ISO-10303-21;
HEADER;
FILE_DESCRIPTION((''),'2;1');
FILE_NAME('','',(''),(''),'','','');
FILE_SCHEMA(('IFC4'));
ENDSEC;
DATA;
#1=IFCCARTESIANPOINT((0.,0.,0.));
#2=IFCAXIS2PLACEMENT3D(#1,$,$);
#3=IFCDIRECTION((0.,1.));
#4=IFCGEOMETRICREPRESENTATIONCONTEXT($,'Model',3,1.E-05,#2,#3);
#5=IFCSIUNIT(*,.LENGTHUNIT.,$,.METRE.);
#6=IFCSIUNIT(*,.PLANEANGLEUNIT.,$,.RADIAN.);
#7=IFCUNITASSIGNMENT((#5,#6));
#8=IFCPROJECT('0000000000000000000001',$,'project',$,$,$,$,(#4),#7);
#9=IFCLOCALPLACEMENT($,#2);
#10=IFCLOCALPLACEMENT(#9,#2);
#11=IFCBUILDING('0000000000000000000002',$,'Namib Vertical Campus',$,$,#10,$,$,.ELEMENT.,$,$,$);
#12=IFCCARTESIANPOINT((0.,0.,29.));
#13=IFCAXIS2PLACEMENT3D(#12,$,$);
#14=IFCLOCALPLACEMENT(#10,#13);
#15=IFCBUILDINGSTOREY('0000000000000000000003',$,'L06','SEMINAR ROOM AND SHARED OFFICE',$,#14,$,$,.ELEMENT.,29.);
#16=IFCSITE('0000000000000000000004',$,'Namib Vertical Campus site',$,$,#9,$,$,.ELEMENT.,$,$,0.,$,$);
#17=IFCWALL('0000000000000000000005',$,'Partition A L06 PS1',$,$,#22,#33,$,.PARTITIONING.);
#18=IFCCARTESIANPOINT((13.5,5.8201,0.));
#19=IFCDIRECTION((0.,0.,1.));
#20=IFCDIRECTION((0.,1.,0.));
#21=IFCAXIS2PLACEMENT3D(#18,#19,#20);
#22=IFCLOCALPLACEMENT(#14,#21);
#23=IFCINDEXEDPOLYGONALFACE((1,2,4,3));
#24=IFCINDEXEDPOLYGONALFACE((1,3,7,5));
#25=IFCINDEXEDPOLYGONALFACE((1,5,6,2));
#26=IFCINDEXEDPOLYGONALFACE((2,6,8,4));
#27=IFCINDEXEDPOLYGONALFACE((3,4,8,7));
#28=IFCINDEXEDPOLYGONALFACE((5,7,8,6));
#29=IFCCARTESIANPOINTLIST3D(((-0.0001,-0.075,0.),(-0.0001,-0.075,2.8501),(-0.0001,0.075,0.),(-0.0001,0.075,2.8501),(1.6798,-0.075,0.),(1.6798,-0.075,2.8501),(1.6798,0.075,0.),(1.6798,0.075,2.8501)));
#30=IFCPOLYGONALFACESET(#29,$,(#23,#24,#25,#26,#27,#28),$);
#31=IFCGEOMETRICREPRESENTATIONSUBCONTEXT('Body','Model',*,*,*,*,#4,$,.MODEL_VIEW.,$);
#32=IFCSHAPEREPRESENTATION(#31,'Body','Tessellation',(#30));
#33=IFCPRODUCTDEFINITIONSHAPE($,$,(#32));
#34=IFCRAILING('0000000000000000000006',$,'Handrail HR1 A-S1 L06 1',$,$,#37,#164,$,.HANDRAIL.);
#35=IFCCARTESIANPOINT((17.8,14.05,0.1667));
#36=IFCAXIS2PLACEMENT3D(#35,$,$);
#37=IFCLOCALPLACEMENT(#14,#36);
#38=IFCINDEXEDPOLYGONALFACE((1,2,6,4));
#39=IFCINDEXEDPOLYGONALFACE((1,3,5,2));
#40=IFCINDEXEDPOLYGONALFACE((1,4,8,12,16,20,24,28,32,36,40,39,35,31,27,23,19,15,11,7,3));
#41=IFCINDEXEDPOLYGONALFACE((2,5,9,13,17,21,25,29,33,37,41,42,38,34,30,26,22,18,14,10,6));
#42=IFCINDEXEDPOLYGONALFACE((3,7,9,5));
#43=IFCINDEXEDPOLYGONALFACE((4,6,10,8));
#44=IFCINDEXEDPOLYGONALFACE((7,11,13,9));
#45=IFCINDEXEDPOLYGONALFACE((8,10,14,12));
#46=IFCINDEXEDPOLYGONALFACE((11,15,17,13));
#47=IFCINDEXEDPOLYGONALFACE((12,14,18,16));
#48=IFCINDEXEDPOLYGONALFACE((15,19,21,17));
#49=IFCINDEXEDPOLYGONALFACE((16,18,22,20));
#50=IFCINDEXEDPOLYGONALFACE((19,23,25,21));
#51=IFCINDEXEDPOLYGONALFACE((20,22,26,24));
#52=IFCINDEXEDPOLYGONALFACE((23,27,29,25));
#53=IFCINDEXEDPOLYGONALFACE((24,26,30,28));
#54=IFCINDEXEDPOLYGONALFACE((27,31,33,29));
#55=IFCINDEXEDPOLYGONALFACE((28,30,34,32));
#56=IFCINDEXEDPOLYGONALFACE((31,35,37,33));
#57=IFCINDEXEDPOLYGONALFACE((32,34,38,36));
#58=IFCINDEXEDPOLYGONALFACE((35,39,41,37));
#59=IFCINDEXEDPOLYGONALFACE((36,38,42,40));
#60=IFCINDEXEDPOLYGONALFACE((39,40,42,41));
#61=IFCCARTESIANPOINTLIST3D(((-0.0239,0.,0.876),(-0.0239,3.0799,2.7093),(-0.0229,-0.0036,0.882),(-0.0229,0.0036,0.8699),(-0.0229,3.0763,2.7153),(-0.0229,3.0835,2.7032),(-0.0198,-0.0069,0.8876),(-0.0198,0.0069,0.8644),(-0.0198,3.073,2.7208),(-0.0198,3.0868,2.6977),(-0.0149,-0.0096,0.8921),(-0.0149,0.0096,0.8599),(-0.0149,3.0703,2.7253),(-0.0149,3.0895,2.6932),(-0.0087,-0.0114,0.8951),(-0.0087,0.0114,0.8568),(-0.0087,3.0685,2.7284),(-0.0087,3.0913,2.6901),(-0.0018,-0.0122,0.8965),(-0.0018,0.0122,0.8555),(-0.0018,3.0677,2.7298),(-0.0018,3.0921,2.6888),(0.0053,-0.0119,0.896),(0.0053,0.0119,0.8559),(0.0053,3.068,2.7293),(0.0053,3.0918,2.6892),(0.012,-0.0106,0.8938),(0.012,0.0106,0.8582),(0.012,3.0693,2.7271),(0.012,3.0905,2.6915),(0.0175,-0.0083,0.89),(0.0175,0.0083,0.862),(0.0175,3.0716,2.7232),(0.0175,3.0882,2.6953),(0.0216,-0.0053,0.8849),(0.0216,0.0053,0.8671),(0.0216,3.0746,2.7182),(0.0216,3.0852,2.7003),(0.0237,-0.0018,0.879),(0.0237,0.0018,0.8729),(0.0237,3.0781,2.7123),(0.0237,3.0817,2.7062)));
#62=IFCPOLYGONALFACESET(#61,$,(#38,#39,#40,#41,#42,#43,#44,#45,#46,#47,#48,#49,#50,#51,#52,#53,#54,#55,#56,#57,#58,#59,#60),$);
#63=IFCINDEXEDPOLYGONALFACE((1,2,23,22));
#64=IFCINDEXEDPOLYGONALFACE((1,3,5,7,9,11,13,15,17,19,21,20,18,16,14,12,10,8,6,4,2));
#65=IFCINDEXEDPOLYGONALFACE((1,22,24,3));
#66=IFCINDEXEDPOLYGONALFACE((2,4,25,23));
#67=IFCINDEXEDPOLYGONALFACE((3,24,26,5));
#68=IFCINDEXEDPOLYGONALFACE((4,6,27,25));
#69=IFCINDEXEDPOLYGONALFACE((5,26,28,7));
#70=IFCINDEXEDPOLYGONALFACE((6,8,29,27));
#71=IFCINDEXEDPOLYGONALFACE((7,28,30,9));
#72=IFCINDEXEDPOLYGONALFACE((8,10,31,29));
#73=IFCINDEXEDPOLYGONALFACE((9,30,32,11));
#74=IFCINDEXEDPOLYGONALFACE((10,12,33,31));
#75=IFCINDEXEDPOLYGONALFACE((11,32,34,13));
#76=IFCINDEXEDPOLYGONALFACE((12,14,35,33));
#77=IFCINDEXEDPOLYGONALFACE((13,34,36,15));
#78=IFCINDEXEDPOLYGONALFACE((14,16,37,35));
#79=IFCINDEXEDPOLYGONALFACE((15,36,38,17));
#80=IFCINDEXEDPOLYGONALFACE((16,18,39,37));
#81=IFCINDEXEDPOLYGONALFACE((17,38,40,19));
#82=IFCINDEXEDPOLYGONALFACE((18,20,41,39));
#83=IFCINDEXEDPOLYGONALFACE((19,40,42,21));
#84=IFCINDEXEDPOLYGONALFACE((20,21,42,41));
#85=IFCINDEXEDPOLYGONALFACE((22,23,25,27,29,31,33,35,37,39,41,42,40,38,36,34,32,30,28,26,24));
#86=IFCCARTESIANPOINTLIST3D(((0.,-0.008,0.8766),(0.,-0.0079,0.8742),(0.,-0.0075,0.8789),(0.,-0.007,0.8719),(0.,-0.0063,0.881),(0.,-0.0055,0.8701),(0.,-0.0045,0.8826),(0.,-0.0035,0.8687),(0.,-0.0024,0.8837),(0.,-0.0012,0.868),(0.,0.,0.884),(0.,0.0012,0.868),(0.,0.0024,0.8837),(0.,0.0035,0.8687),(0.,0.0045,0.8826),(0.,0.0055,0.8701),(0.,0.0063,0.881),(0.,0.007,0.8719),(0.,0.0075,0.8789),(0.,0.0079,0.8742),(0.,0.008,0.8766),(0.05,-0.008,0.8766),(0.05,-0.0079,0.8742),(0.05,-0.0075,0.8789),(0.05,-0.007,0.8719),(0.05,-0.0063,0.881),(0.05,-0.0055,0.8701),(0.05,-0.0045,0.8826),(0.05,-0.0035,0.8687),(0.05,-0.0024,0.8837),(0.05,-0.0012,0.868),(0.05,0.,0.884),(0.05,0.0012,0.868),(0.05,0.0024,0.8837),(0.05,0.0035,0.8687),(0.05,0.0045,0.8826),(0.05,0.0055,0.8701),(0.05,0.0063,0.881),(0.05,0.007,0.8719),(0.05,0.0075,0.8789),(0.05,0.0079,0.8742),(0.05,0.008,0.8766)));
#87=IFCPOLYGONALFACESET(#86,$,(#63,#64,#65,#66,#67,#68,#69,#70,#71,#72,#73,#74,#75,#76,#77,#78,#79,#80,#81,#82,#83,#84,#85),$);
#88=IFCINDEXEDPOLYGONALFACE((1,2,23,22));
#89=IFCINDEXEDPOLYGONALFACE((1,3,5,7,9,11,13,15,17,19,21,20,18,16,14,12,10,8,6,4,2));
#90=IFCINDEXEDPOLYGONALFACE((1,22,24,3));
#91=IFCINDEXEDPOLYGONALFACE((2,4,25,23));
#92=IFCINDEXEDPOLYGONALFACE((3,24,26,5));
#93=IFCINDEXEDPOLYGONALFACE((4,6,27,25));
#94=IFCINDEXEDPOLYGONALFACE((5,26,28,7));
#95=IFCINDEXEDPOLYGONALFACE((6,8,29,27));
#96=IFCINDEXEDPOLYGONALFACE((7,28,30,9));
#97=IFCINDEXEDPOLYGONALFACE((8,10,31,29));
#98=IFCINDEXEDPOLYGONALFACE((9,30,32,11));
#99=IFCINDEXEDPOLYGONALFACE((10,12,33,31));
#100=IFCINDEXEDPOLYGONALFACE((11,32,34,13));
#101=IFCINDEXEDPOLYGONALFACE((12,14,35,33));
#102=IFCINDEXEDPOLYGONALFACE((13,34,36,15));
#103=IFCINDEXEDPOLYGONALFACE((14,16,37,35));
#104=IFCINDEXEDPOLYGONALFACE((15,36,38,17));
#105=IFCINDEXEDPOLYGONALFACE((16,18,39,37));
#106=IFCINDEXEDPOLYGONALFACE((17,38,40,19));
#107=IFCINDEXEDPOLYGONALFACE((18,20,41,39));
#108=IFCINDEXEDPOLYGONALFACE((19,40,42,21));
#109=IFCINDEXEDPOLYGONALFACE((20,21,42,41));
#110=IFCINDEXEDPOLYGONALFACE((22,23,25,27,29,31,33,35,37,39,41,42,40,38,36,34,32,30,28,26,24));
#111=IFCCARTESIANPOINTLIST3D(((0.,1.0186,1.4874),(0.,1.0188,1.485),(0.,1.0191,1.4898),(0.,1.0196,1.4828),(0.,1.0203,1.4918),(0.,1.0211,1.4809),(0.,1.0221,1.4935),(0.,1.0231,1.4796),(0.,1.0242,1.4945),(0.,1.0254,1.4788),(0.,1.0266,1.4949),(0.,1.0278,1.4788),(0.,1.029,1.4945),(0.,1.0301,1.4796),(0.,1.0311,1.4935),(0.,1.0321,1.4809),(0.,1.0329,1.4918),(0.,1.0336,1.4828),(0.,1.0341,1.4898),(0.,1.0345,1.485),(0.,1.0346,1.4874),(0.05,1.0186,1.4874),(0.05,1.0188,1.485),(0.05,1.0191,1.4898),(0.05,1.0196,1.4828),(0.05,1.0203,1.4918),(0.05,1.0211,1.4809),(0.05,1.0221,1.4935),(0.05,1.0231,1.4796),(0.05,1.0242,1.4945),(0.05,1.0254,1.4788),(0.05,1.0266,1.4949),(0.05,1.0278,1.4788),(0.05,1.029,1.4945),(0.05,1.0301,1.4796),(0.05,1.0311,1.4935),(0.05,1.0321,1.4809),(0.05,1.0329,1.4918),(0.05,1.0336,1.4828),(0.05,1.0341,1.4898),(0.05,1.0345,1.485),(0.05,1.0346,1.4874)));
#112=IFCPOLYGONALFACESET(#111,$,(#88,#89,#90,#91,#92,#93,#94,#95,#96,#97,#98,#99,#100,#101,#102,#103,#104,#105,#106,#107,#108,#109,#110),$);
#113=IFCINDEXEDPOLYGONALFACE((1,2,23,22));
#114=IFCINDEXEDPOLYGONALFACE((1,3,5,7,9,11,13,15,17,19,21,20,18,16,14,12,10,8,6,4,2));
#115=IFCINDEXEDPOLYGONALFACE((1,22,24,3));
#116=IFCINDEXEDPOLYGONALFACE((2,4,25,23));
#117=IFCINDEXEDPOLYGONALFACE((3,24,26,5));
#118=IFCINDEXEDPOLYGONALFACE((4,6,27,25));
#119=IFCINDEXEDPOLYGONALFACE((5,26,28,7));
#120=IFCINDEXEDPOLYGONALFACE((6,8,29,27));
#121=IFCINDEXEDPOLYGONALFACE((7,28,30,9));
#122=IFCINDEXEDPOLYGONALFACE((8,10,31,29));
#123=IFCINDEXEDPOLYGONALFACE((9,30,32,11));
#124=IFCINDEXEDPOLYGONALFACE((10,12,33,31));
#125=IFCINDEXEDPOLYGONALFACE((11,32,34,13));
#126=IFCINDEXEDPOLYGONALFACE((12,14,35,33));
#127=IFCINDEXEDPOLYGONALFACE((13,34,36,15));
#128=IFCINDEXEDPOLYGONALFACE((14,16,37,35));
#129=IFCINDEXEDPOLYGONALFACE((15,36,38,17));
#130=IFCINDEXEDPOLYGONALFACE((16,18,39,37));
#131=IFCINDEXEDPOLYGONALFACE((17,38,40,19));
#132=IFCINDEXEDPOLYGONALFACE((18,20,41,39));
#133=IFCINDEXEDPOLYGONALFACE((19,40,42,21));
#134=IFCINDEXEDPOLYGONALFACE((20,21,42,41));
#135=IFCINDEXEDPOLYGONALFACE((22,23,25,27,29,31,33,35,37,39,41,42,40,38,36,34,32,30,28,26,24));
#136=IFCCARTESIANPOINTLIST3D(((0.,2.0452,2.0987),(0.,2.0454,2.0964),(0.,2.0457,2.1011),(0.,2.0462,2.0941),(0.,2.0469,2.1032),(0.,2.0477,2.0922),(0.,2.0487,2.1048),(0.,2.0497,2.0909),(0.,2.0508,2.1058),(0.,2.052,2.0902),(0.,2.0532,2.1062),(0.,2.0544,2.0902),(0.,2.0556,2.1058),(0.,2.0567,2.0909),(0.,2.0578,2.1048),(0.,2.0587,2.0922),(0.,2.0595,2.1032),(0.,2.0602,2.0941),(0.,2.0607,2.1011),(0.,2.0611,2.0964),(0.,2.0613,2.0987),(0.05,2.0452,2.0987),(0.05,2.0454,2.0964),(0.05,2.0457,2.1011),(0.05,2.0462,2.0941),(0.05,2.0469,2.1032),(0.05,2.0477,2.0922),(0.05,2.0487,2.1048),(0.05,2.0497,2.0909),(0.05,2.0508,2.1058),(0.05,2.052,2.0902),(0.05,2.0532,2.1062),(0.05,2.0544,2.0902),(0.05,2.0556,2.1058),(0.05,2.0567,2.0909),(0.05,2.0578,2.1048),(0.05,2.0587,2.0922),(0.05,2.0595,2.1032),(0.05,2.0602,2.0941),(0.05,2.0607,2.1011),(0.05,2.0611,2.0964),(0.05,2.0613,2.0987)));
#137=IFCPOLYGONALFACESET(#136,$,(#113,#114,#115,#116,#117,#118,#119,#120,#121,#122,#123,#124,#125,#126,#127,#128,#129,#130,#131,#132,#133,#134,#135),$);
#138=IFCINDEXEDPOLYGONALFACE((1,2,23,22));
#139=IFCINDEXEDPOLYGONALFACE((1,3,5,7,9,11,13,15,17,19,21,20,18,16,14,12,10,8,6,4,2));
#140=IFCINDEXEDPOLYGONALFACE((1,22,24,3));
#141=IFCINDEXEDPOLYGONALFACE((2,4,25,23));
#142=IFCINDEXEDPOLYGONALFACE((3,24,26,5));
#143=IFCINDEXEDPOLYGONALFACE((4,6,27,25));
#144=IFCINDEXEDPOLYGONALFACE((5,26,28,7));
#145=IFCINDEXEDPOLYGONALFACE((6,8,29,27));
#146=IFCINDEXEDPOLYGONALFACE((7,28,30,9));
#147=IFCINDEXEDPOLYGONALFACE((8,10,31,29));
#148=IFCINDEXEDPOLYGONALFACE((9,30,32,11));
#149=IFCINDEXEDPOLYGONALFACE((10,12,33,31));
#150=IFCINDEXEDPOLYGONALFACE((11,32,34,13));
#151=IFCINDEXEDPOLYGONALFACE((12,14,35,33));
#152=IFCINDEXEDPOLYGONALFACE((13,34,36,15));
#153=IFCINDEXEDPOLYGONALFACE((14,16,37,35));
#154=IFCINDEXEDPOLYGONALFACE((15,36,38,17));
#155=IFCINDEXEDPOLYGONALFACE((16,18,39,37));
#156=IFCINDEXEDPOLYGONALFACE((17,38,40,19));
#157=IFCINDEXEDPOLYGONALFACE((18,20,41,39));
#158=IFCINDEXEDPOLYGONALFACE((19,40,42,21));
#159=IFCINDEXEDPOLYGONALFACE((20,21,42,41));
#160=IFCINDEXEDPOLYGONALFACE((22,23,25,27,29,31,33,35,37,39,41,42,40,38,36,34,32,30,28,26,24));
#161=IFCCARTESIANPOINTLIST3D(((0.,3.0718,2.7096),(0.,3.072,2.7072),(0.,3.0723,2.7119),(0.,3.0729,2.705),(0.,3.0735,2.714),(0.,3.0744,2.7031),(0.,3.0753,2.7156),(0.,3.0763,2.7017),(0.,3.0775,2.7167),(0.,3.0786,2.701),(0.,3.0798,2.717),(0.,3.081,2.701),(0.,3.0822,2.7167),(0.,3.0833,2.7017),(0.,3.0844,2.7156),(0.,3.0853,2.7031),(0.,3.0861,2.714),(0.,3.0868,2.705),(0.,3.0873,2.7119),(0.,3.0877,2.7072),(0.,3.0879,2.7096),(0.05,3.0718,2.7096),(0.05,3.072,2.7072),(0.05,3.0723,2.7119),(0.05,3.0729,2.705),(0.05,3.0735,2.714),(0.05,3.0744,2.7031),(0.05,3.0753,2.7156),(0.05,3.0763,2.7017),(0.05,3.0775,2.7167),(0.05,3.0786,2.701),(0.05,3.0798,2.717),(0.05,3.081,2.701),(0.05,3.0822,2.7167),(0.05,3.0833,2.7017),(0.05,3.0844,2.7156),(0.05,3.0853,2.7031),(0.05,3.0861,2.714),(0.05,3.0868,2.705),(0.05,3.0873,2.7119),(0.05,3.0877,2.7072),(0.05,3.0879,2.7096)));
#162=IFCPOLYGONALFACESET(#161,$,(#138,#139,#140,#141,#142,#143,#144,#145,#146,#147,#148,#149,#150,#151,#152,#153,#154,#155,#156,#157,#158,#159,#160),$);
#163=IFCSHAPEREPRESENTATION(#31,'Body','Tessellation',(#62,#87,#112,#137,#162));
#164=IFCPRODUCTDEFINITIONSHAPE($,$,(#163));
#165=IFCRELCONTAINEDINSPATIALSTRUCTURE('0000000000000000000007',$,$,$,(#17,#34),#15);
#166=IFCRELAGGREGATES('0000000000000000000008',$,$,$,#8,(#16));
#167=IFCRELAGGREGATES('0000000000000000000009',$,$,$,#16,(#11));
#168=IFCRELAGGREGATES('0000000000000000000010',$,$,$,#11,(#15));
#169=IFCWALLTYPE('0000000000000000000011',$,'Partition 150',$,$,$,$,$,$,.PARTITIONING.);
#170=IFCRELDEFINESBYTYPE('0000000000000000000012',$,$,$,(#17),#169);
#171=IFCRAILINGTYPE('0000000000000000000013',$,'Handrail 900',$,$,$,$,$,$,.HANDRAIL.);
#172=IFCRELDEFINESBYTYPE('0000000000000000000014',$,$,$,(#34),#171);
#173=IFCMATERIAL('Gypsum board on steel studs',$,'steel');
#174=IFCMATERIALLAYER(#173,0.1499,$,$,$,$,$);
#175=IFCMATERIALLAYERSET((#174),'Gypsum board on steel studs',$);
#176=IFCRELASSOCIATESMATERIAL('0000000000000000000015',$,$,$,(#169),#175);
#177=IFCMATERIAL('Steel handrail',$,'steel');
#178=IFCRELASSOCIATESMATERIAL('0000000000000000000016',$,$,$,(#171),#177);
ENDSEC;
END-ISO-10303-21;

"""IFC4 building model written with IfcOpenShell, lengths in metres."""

from ifc_helpers import new_model, si_unit, direction, frame, frame_2d, origin, origin_2d, place, context, subcontext, project, spatial, rectangle, circle, extrude, material, layer, layer_set, type_object, element, save


model = new_model("IFC4")

# Units and contexts
model_context = context("Model", 3, precision=1e-05, world=origin(), true_north=direction((0.0, 1.0)))
body_context = subcontext(model_context, "Body", "Model", "MODEL_VIEW")
ifc_project = project(units=[si_unit("LENGTHUNIT", "METRE"), si_unit("PLANEANGLEUNIT", "RADIAN")], contexts=[model_context])

# Site, building, storey
site_placement = place(None, origin())
site = spatial("IfcSite", under=ifc_project, at=site_placement, Name="Namib Vertical Campus site", CompositionType="ELEMENT", RefElevation=0.0)
building_placement = place(site_placement, origin())
building = spatial("IfcBuilding", under=site, at=building_placement, Name="Namib Vertical Campus", CompositionType="ELEMENT")
storey_placement = place(building_placement, frame((0.0, 0.0, 29.0)))
storey = spatial("IfcBuildingStorey", under=building, at=storey_placement, Name="L06", Description="SEMINAR ROOM AND SHARED OFFICE", CompositionType="ELEMENT", Elevation=29.0)

# Wall
ifc_material_1 = material(Name="Gypsum board on steel studs", Category="steel")
ifc_layer_1 = layer(ifc_material_1, 0.1499)
ifc_layer_set_1 = layer_set([ifc_layer_1], Name="Gypsum board on steel studs")
wall_type_1 = type_object("IfcWallType", Name="Partition 150", PredefinedType="PARTITIONING", material=ifc_layer_set_1)
wall_1_placement = place(storey_placement, frame((13.5, 5.8201, 0.0), z_axis=(0.0, 0.0, 1.0), x_axis=(0.0, 1.0, 0.0)))
element("IfcWall", 1, at=wall_1_placement, inside=storey, type_object=wall_type_1, Name="Partition A L06 PS1", PredefinedType="PARTITIONING", context=body_context, shape_type="SweptSolid", body=[
    extrude(rectangle(XDim=1.6799, YDim=0.1499, at=frame_2d((0.8398, 0.0))), origin(), (0.0, 0.0, 1.0), 2.8501),
])

# Railing
ifc_material_2 = material(Name="Steel handrail", Category="steel")
railing_type_1 = type_object("IfcRailingType", Name="Handrail 900", PredefinedType="HANDRAIL", material=ifc_material_2)
railing_1_placement = place(storey_placement, frame((17.8, 14.05, 0.1667)))
element("IfcRailing", 2, at=railing_1_placement, inside=storey, type_object=railing_type_1, Name="Handrail HR1 A-S1 L06 1", PredefinedType="HANDRAIL", context=body_context, shape_type="SweptSolid", body=[
    extrude(circle(Radius=0.0239, at=origin_2d()), frame((0.0, 0.0, 0.876), z_axis=(0.0, 0.859291, 0.511487), x_axis=(-1.0, 0.0, 0.0)), (0.0, 0.0, 1.0), 3.5842),
    extrude(circle(Radius=0.0081, at=origin_2d()), frame((0.0, 0.0, 0.876), z_axis=(1.0, 0.0, 0.0), x_axis=(0.0, 0.0, 1.0)), (0.0, 0.0, 1.0), 0.05),
    extrude(circle(Radius=0.0081, at=origin_2d()), frame((0.0, 1.0266, 1.4868), z_axis=(1.0, 0.0, 0.0), x_axis=(0.0, 0.0, 1.0)), (0.0, 0.0, 1.0), 0.05),
    extrude(circle(Radius=0.0081, at=origin_2d()), frame((0.0, 2.0532, 2.0981), z_axis=(1.0, 0.0, 0.0), x_axis=(0.0, 0.0, 1.0)), (0.0, 0.0, 1.0), 0.05),
    extrude(circle(Radius=0.0081, at=origin_2d()), frame((0.0, 3.0798, 2.709), z_axis=(1.0, 0.0, 0.0), x_axis=(0.0, 0.0, 1.0)), (0.0, 0.0, 1.0), 0.05),
])

save(model, "model.ifc")
